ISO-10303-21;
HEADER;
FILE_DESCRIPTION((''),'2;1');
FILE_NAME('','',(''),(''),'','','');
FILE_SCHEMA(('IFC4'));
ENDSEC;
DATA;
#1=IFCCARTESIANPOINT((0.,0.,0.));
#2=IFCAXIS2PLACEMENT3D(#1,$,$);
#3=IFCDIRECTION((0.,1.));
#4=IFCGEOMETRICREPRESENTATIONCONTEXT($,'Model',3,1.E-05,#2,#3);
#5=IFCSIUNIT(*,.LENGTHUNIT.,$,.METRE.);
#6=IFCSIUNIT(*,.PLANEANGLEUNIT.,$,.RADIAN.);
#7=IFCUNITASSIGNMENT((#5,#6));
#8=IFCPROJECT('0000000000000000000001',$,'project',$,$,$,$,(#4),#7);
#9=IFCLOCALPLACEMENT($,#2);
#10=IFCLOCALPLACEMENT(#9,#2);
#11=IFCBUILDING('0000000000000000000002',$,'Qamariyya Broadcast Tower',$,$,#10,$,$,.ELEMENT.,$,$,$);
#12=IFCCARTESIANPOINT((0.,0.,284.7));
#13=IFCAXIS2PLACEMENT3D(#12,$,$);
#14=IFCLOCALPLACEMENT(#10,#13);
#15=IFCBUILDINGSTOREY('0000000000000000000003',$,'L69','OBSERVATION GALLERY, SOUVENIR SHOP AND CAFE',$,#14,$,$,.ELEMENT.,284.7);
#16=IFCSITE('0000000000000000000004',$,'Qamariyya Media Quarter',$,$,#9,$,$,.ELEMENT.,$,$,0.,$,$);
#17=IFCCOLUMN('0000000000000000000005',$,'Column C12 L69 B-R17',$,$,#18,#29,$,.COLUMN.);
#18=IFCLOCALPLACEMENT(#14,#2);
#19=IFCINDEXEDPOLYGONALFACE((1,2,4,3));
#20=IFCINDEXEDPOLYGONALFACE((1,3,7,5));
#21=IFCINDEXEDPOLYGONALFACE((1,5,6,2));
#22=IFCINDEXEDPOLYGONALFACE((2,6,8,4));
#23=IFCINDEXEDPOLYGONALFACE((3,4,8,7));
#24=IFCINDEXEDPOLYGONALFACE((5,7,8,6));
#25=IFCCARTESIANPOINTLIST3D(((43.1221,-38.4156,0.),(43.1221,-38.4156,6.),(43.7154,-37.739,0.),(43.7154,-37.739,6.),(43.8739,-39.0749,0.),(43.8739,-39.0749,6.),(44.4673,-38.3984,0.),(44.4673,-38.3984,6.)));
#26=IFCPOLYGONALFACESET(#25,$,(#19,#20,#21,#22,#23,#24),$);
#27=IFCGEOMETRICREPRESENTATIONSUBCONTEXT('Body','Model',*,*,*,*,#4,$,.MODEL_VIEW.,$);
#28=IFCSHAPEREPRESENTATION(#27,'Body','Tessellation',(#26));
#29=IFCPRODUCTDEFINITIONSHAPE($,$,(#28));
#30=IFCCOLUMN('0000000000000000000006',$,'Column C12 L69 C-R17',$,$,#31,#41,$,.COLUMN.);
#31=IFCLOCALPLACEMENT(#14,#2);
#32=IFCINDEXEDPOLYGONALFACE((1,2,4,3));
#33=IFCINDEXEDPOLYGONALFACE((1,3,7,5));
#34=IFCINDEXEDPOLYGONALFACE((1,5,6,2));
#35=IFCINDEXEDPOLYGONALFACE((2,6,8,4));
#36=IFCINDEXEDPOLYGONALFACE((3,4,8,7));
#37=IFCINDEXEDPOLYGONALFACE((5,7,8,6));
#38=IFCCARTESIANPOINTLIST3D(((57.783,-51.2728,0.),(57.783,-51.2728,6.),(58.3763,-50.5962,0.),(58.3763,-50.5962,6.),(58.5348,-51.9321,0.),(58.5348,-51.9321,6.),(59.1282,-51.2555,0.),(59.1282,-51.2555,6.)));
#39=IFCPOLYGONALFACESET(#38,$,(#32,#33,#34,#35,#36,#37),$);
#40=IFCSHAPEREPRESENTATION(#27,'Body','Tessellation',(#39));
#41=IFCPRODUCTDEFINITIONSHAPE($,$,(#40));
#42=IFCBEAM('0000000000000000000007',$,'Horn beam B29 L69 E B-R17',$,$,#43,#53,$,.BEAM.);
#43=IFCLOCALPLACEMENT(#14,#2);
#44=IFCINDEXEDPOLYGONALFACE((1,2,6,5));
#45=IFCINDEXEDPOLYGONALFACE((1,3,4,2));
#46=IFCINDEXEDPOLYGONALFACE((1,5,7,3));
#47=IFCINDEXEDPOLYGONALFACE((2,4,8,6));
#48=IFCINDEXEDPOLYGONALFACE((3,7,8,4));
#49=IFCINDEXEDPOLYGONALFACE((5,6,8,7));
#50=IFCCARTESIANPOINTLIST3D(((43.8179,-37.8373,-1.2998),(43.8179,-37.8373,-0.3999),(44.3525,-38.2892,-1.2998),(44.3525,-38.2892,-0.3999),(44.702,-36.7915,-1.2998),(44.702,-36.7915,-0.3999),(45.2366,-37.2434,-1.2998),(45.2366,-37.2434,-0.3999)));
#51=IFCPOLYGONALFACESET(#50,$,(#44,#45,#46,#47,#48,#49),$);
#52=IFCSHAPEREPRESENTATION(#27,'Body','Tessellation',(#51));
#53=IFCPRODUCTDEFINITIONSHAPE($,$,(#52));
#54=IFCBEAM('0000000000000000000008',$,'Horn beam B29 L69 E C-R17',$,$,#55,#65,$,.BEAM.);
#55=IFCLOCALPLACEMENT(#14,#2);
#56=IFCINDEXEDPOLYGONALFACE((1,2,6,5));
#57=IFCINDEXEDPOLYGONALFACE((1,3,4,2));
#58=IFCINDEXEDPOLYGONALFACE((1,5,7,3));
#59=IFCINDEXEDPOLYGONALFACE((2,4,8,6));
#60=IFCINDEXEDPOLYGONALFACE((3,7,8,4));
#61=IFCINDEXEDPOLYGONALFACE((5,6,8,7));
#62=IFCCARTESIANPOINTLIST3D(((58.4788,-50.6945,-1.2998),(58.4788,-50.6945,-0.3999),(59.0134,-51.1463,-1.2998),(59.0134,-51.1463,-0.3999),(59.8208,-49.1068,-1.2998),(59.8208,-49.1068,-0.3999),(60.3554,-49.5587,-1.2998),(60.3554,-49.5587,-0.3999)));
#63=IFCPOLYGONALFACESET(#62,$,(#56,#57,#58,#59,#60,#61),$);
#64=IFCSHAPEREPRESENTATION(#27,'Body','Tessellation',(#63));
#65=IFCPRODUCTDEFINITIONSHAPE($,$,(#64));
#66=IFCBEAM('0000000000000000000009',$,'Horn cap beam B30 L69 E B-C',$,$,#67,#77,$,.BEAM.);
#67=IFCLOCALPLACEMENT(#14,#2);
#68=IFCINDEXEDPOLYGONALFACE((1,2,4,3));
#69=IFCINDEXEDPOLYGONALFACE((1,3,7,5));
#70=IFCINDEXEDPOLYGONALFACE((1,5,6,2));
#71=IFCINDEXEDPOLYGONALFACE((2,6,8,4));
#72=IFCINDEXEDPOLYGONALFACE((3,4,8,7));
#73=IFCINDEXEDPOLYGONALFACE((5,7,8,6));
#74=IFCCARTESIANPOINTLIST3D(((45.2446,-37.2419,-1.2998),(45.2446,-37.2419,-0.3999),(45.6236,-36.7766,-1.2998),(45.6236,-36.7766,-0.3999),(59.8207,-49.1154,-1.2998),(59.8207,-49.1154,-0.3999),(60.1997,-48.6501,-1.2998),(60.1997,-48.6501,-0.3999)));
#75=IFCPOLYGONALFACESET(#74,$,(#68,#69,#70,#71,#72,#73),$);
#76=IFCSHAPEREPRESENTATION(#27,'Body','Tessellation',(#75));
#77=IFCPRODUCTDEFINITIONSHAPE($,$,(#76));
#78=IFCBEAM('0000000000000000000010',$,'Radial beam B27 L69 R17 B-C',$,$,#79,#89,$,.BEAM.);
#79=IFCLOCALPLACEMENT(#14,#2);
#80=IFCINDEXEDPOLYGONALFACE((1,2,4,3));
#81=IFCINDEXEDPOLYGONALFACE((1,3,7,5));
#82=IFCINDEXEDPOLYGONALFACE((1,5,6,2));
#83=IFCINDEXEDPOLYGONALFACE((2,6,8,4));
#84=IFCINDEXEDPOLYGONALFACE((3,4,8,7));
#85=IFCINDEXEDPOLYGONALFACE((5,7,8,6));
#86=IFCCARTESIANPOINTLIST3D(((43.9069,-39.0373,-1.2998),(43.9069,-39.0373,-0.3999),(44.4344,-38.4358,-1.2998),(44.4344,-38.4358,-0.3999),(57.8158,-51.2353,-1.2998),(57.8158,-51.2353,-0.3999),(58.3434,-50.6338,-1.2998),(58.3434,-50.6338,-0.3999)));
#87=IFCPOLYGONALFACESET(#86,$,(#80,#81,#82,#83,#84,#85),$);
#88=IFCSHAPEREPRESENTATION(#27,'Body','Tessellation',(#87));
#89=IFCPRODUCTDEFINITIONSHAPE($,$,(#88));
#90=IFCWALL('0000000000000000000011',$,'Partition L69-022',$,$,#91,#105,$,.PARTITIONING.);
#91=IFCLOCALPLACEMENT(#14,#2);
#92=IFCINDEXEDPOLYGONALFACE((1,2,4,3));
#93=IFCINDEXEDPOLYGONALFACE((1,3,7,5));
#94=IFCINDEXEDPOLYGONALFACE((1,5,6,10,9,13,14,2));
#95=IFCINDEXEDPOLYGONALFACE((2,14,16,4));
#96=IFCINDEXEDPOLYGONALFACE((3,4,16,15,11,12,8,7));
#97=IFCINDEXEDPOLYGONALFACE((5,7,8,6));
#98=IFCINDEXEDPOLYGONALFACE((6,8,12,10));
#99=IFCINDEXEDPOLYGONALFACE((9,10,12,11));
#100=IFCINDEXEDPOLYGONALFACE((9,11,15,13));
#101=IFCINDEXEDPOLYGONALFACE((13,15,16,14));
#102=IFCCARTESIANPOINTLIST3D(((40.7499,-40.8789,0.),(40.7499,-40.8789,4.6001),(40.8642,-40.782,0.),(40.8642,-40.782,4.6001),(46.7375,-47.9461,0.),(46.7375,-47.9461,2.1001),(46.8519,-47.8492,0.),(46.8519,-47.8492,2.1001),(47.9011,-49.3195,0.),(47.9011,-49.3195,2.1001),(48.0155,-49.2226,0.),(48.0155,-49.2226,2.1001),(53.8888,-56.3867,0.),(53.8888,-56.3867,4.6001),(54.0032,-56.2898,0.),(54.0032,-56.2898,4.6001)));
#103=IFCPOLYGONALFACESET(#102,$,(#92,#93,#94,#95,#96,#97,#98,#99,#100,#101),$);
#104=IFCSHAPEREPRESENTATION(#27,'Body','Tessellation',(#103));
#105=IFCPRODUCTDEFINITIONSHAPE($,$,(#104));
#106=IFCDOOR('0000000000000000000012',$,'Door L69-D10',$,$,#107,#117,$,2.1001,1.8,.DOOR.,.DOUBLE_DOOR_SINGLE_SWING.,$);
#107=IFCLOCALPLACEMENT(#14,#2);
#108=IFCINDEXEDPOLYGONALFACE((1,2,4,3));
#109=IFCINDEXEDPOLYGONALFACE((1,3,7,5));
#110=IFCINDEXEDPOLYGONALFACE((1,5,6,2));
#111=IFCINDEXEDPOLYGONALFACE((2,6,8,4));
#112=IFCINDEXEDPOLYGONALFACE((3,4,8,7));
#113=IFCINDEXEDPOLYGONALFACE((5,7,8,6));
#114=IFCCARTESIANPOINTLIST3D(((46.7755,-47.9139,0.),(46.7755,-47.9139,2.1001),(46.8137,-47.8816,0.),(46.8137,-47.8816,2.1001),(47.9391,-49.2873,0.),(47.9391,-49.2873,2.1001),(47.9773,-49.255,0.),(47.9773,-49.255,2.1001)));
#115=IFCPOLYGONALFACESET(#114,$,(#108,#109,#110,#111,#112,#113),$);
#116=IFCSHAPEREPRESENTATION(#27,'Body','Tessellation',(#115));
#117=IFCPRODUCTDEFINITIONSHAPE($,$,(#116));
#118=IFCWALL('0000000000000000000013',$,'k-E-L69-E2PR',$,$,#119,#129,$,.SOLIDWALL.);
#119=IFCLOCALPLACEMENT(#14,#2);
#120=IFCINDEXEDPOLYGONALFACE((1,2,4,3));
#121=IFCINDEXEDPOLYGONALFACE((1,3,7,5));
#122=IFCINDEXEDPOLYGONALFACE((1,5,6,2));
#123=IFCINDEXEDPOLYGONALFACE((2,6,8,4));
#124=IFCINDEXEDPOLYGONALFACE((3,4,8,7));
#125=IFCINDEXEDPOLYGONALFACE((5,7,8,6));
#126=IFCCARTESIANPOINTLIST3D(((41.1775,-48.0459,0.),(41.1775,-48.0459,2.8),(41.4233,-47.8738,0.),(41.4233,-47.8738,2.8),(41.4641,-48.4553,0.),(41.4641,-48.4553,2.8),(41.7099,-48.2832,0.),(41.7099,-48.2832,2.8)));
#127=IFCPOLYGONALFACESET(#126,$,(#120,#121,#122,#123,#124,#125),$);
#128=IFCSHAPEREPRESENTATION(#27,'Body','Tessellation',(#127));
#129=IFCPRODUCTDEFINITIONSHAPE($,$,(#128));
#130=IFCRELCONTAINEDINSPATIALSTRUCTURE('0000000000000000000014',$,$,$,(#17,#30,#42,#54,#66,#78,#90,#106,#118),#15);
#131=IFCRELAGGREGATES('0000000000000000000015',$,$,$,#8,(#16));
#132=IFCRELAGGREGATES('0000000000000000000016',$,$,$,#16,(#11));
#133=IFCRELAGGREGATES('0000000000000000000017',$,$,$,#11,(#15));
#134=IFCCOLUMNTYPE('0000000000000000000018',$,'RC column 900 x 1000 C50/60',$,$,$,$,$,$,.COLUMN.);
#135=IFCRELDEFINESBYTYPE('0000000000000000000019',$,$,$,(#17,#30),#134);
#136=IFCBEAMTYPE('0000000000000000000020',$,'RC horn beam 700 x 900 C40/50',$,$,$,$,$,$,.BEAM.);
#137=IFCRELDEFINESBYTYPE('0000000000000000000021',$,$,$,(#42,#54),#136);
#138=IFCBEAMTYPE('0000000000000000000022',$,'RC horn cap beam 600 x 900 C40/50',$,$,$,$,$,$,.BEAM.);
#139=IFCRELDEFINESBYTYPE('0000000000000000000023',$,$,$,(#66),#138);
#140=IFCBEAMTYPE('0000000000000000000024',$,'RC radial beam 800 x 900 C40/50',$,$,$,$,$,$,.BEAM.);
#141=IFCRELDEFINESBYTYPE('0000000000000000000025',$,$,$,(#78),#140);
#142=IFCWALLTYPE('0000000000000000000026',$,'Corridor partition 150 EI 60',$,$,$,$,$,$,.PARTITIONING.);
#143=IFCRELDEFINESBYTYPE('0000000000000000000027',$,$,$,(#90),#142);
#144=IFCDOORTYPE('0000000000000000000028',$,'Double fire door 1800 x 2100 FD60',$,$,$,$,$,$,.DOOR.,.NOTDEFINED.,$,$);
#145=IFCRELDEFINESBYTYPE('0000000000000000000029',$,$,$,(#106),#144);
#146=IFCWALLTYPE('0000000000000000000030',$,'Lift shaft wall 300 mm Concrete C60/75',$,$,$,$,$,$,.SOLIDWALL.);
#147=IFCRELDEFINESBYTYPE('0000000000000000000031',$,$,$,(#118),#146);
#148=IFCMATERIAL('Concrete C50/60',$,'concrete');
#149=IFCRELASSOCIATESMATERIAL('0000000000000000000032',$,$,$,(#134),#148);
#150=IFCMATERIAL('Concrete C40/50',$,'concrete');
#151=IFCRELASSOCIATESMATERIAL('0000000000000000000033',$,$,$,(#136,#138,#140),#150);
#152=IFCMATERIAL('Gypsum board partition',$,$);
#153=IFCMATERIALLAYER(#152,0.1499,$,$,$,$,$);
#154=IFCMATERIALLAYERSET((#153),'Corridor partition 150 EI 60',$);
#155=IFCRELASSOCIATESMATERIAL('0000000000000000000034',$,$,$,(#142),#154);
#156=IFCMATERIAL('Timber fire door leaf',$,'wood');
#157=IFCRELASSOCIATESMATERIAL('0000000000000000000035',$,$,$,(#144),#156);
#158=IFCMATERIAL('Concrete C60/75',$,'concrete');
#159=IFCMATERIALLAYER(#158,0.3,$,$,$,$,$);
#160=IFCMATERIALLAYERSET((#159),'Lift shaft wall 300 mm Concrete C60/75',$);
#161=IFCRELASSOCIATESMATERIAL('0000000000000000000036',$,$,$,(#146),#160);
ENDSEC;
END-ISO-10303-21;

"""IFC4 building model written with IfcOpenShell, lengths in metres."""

from ifc_helpers import new_model, si_unit, direction, frame, frame_2d, origin, origin_2d, place, context, subcontext, project, spatial, rectangle, extrude, material, layer, layer_set, material_profile, profile_set, type_object, element, fill, save


model = new_model("IFC4")

# Units and contexts
model_context = context("Model", 3, precision=1e-05, world=origin(), true_north=direction((0.0, 1.0)))
body_context = subcontext(model_context, "Body", "Model", "MODEL_VIEW")
ifc_project = project(units=[si_unit("LENGTHUNIT", "METRE"), si_unit("PLANEANGLEUNIT", "RADIAN")], contexts=[model_context])

# Site, building, storey
site_placement = place(None, origin())
site = spatial("IfcSite", under=ifc_project, at=site_placement, Name="Qamariyya Media Quarter", CompositionType="ELEMENT", RefElevation=0.0)
building_placement = place(site_placement, origin())
building = spatial("IfcBuilding", under=site, at=building_placement, Name="Qamariyya Broadcast Tower", CompositionType="ELEMENT")
storey_placement = place(building_placement, frame((0.0, 0.0, 284.7)))
storey = spatial("IfcBuildingStorey", under=building, at=storey_placement, Name="L69", Description="OBSERVATION GALLERY, SOUVENIR SHOP AND CAFE", CompositionType="ELEMENT", Elevation=284.7)

# Columns
ifc_material_1 = material(Name="Concrete C50/60", Category="concrete")
ifc_material_profile_1 = material_profile(ifc_material_1, rectangle(XDim=0.8999, YDim=1.0, at=origin_2d()))
ifc_profile_set_1 = profile_set([ifc_material_profile_1], Name="Concrete C50/60")
column_type = type_object("IfcColumnType", Name="RC column 900 x 1000 C50/60", PredefinedType="COLUMN", material=ifc_profile_set_1)
for number, where, z_axis, x_axis, name in (
    (1, (43.7947, -38.407, 0.0), (0.0, 0.0, 1.0), (0.659346, 0.75184, 0.0), "Column C12 L69 B-R17"),
    (2, (58.4556, -51.2642, 0.0), (0.0, 0.0, 1.0), (0.659346, 0.75184, 0.0), "Column C12 L69 C-R17"),
):
    element("IfcColumn", number, at=place(storey_placement, frame(where, z_axis=z_axis, x_axis=x_axis)), inside=storey, type_object=column_type, Name=name, PredefinedType="COLUMN", context=body_context, shape_type="SweptSolid", body=[
        extrude(rectangle(XDim=0.8999, YDim=1.0, at=origin_2d()), origin(), (0.0, 0.0, 1.0), 6.0),
    ])

# Beams
ifc_material_2 = material(Name="Concrete C40/50", Category="concrete")
ifc_material_profile_2 = material_profile(ifc_material_2, rectangle(XDim=0.7, YDim=0.8999, at=origin_2d()))
ifc_profile_set_2 = profile_set([ifc_material_profile_2], Name="Concrete C40/50")
beam_type_1 = type_object("IfcBeamType", Name="RC horn beam 700 x 900 C40/50", PredefinedType="BEAM", material=ifc_profile_set_2)
beam_1_placement = place(storey_placement, frame((44.0852, -38.0632, -0.8499), z_axis=(0.645622, 0.763657, 0.0), x_axis=(-0.763657, 0.645622, 0.0)))
element("IfcBeam", 3, at=beam_1_placement, inside=storey, type_object=beam_type_1, Name="Horn beam B29 L69 E B-R17", PredefinedType="BEAM", context=body_context, shape_type="SweptSolid", body=[
    extrude(rectangle(XDim=0.7, YDim=0.8999, at=origin_2d()), origin(), (0.0, 0.0, 1.0), 1.3694),
])
beam_2_placement = place(storey_placement, frame((58.7461, -50.9204, -0.8499), z_axis=(0.645563, 0.763707, 0.0), x_axis=(-0.763707, 0.645563, 0.0)))
element("IfcBeam", 4, at=beam_2_placement, inside=storey, type_object=beam_type_1, Name="Horn beam B29 L69 E C-R17", PredefinedType="BEAM", context=body_context, shape_type="SweptSolid", body=[
    extrude(rectangle(XDim=0.7, YDim=0.8999, at=origin_2d()), origin(), (0.0, 0.0, 1.0), 2.0789),
])
ifc_material_profile_3 = material_profile(ifc_material_2, rectangle(XDim=0.6001, YDim=0.8999, at=origin_2d()))
ifc_profile_set_3 = profile_set([ifc_material_profile_3], Name="Concrete C40/50")
beam_type_2 = type_object("IfcBeamType", Name="RC horn cap beam 600 x 900 C40/50", PredefinedType="BEAM", material=ifc_profile_set_3)
beam_3_placement = place(storey_placement, frame((45.4341, -37.0093, -0.8499), z_axis=(0.775322, -0.631566, 0.0), x_axis=(0.631566, 0.775322, 0.0)))
element("IfcBeam", 5, at=beam_3_placement, inside=storey, type_object=beam_type_2, Name="Horn cap beam B30 L69 E B-C", PredefinedType="BEAM", context=body_context, shape_type="SweptSolid", body=[
    extrude(rectangle(XDim=0.6001, YDim=0.8999, at=origin_2d()), origin(), (0.0, 0.0, 1.0), 18.8),
])
ifc_material_profile_4 = material_profile(ifc_material_2, rectangle(XDim=0.8, YDim=0.8999, at=origin_2d()))
ifc_profile_set_4 = profile_set([ifc_material_profile_4], Name="Concrete C40/50")
beam_type_3 = type_object("IfcBeamType", Name="RC radial beam 800 x 900 C40/50", PredefinedType="BEAM", material=ifc_profile_set_4)
beam_4_placement = place(storey_placement, frame((44.1707, -38.7366, -0.8499), z_axis=(0.751835, -0.659352, 0.0), x_axis=(0.659352, 0.751835, 0.0)))
element("IfcBeam", 6, at=beam_4_placement, inside=storey, type_object=beam_type_3, Name="Radial beam B27 L69 R17 B-C", PredefinedType="BEAM", context=body_context, shape_type="SweptSolid", body=[
    extrude(rectangle(XDim=0.8, YDim=0.8999, at=origin_2d()), origin(), (0.0, 0.0, 1.0), 18.5),
])

# Wall, opening, door
ifc_material_3 = material(Name="Gypsum board partition")
ifc_layer_1 = layer(ifc_material_3, 0.1499)
ifc_layer_set_1 = layer_set([ifc_layer_1], Name="Corridor partition 150 EI 60")
wall_type_1 = type_object("IfcWallType", Name="Corridor partition 150 EI 60", PredefinedType="PARTITIONING", material=ifc_layer_set_1)
wall_1_placement = place(storey_placement, frame((40.8071, -40.8306, 0.0), z_axis=(0.0, 0.0, 1.0), x_axis=(0.646427, -0.762976, 0.0)))
wall_1 = element("IfcWall", 7, at=wall_1_placement, inside=storey, type_object=wall_type_1, Name="Partition L69-022", PredefinedType="PARTITIONING", context=body_context, shape_type="SweptSolid", body=[
    extrude(rectangle(XDim=20.3254, YDim=0.1499, at=frame_2d((10.1626, 0.0))), origin(), (0.0, 0.0, 1.0), 4.6001),
])
opening_placement = place(wall_1_placement, frame((9.2627, 0.0, 0.0)))
opening = element("IfcOpeningElement", 8, at=opening_placement, cuts=wall_1, PredefinedType="OPENING", context=body_context, shape_type="SweptSolid", body=[
    extrude(rectangle(XDim=1.8, YDim=2.1001, at=frame_2d((0.8999, 1.05))), frame((0.0, 0.085, 0.0), z_axis=(0.0, -1.0, 0.0), x_axis=(1.0, 0.0, 0.0)), (0.0, 0.0, 1.0), 0.1699),
])
ifc_material_4 = material(Name="Timber fire door leaf", Category="wood")
door_type = type_object("IfcDoorType", Name="Double fire door 1800 x 2100 FD60", OperationType="NOTDEFINED", PredefinedType="DOOR", material=ifc_material_4)
door_placement = place(opening_placement, origin())
door = element("IfcDoor", 9, at=door_placement, inside=storey, type_object=door_type, Name="Door L69-D10", OperationType="DOUBLE_DOOR_SINGLE_SWING", OverallHeight=2.1001, OverallWidth=1.8, PredefinedType="DOOR", context=body_context, shape_type="SweptSolid", body=[
    extrude(rectangle(XDim=1.8, YDim=2.1001, at=frame_2d((0.8999, 1.05))), frame((0.0, 0.0249, 0.0), z_axis=(0.0, -1.0, 0.0), x_axis=(1.0, 0.0, 0.0)), (0.0, 0.0, 1.0), 0.05),
])
fill(opening, door)

# Wall
ifc_material_5 = material(Name="Concrete C60/75", Category="concrete")
ifc_layer_2 = layer(ifc_material_5, 0.3)
ifc_layer_set_2 = layer_set([ifc_layer_2], Name="Lift shaft wall 300 mm Concrete C60/75")
wall_type_2 = type_object("IfcWallType", Name="Lift shaft wall 300 mm Concrete C60/75", PredefinedType="SOLIDWALL", material=ifc_layer_set_2)
wall_2_placement = place(storey_placement, frame((41.3003, -47.9597, 0.0), z_axis=(0.0, 0.0, 1.0), x_axis=(0.573495, -0.819209, 0.0)))
element("IfcWall", 10, at=wall_2_placement, inside=storey, type_object=wall_type_2, Name="k-E-L69-E2PR", PredefinedType="SOLIDWALL", context=body_context, shape_type="SweptSolid", body=[
    extrude(rectangle(XDim=0.4998, YDim=0.3, at=frame_2d((0.25, 0.0))), origin(), (0.0, 0.0, 1.0), 2.8),
])

save(model, "model.ifc")
